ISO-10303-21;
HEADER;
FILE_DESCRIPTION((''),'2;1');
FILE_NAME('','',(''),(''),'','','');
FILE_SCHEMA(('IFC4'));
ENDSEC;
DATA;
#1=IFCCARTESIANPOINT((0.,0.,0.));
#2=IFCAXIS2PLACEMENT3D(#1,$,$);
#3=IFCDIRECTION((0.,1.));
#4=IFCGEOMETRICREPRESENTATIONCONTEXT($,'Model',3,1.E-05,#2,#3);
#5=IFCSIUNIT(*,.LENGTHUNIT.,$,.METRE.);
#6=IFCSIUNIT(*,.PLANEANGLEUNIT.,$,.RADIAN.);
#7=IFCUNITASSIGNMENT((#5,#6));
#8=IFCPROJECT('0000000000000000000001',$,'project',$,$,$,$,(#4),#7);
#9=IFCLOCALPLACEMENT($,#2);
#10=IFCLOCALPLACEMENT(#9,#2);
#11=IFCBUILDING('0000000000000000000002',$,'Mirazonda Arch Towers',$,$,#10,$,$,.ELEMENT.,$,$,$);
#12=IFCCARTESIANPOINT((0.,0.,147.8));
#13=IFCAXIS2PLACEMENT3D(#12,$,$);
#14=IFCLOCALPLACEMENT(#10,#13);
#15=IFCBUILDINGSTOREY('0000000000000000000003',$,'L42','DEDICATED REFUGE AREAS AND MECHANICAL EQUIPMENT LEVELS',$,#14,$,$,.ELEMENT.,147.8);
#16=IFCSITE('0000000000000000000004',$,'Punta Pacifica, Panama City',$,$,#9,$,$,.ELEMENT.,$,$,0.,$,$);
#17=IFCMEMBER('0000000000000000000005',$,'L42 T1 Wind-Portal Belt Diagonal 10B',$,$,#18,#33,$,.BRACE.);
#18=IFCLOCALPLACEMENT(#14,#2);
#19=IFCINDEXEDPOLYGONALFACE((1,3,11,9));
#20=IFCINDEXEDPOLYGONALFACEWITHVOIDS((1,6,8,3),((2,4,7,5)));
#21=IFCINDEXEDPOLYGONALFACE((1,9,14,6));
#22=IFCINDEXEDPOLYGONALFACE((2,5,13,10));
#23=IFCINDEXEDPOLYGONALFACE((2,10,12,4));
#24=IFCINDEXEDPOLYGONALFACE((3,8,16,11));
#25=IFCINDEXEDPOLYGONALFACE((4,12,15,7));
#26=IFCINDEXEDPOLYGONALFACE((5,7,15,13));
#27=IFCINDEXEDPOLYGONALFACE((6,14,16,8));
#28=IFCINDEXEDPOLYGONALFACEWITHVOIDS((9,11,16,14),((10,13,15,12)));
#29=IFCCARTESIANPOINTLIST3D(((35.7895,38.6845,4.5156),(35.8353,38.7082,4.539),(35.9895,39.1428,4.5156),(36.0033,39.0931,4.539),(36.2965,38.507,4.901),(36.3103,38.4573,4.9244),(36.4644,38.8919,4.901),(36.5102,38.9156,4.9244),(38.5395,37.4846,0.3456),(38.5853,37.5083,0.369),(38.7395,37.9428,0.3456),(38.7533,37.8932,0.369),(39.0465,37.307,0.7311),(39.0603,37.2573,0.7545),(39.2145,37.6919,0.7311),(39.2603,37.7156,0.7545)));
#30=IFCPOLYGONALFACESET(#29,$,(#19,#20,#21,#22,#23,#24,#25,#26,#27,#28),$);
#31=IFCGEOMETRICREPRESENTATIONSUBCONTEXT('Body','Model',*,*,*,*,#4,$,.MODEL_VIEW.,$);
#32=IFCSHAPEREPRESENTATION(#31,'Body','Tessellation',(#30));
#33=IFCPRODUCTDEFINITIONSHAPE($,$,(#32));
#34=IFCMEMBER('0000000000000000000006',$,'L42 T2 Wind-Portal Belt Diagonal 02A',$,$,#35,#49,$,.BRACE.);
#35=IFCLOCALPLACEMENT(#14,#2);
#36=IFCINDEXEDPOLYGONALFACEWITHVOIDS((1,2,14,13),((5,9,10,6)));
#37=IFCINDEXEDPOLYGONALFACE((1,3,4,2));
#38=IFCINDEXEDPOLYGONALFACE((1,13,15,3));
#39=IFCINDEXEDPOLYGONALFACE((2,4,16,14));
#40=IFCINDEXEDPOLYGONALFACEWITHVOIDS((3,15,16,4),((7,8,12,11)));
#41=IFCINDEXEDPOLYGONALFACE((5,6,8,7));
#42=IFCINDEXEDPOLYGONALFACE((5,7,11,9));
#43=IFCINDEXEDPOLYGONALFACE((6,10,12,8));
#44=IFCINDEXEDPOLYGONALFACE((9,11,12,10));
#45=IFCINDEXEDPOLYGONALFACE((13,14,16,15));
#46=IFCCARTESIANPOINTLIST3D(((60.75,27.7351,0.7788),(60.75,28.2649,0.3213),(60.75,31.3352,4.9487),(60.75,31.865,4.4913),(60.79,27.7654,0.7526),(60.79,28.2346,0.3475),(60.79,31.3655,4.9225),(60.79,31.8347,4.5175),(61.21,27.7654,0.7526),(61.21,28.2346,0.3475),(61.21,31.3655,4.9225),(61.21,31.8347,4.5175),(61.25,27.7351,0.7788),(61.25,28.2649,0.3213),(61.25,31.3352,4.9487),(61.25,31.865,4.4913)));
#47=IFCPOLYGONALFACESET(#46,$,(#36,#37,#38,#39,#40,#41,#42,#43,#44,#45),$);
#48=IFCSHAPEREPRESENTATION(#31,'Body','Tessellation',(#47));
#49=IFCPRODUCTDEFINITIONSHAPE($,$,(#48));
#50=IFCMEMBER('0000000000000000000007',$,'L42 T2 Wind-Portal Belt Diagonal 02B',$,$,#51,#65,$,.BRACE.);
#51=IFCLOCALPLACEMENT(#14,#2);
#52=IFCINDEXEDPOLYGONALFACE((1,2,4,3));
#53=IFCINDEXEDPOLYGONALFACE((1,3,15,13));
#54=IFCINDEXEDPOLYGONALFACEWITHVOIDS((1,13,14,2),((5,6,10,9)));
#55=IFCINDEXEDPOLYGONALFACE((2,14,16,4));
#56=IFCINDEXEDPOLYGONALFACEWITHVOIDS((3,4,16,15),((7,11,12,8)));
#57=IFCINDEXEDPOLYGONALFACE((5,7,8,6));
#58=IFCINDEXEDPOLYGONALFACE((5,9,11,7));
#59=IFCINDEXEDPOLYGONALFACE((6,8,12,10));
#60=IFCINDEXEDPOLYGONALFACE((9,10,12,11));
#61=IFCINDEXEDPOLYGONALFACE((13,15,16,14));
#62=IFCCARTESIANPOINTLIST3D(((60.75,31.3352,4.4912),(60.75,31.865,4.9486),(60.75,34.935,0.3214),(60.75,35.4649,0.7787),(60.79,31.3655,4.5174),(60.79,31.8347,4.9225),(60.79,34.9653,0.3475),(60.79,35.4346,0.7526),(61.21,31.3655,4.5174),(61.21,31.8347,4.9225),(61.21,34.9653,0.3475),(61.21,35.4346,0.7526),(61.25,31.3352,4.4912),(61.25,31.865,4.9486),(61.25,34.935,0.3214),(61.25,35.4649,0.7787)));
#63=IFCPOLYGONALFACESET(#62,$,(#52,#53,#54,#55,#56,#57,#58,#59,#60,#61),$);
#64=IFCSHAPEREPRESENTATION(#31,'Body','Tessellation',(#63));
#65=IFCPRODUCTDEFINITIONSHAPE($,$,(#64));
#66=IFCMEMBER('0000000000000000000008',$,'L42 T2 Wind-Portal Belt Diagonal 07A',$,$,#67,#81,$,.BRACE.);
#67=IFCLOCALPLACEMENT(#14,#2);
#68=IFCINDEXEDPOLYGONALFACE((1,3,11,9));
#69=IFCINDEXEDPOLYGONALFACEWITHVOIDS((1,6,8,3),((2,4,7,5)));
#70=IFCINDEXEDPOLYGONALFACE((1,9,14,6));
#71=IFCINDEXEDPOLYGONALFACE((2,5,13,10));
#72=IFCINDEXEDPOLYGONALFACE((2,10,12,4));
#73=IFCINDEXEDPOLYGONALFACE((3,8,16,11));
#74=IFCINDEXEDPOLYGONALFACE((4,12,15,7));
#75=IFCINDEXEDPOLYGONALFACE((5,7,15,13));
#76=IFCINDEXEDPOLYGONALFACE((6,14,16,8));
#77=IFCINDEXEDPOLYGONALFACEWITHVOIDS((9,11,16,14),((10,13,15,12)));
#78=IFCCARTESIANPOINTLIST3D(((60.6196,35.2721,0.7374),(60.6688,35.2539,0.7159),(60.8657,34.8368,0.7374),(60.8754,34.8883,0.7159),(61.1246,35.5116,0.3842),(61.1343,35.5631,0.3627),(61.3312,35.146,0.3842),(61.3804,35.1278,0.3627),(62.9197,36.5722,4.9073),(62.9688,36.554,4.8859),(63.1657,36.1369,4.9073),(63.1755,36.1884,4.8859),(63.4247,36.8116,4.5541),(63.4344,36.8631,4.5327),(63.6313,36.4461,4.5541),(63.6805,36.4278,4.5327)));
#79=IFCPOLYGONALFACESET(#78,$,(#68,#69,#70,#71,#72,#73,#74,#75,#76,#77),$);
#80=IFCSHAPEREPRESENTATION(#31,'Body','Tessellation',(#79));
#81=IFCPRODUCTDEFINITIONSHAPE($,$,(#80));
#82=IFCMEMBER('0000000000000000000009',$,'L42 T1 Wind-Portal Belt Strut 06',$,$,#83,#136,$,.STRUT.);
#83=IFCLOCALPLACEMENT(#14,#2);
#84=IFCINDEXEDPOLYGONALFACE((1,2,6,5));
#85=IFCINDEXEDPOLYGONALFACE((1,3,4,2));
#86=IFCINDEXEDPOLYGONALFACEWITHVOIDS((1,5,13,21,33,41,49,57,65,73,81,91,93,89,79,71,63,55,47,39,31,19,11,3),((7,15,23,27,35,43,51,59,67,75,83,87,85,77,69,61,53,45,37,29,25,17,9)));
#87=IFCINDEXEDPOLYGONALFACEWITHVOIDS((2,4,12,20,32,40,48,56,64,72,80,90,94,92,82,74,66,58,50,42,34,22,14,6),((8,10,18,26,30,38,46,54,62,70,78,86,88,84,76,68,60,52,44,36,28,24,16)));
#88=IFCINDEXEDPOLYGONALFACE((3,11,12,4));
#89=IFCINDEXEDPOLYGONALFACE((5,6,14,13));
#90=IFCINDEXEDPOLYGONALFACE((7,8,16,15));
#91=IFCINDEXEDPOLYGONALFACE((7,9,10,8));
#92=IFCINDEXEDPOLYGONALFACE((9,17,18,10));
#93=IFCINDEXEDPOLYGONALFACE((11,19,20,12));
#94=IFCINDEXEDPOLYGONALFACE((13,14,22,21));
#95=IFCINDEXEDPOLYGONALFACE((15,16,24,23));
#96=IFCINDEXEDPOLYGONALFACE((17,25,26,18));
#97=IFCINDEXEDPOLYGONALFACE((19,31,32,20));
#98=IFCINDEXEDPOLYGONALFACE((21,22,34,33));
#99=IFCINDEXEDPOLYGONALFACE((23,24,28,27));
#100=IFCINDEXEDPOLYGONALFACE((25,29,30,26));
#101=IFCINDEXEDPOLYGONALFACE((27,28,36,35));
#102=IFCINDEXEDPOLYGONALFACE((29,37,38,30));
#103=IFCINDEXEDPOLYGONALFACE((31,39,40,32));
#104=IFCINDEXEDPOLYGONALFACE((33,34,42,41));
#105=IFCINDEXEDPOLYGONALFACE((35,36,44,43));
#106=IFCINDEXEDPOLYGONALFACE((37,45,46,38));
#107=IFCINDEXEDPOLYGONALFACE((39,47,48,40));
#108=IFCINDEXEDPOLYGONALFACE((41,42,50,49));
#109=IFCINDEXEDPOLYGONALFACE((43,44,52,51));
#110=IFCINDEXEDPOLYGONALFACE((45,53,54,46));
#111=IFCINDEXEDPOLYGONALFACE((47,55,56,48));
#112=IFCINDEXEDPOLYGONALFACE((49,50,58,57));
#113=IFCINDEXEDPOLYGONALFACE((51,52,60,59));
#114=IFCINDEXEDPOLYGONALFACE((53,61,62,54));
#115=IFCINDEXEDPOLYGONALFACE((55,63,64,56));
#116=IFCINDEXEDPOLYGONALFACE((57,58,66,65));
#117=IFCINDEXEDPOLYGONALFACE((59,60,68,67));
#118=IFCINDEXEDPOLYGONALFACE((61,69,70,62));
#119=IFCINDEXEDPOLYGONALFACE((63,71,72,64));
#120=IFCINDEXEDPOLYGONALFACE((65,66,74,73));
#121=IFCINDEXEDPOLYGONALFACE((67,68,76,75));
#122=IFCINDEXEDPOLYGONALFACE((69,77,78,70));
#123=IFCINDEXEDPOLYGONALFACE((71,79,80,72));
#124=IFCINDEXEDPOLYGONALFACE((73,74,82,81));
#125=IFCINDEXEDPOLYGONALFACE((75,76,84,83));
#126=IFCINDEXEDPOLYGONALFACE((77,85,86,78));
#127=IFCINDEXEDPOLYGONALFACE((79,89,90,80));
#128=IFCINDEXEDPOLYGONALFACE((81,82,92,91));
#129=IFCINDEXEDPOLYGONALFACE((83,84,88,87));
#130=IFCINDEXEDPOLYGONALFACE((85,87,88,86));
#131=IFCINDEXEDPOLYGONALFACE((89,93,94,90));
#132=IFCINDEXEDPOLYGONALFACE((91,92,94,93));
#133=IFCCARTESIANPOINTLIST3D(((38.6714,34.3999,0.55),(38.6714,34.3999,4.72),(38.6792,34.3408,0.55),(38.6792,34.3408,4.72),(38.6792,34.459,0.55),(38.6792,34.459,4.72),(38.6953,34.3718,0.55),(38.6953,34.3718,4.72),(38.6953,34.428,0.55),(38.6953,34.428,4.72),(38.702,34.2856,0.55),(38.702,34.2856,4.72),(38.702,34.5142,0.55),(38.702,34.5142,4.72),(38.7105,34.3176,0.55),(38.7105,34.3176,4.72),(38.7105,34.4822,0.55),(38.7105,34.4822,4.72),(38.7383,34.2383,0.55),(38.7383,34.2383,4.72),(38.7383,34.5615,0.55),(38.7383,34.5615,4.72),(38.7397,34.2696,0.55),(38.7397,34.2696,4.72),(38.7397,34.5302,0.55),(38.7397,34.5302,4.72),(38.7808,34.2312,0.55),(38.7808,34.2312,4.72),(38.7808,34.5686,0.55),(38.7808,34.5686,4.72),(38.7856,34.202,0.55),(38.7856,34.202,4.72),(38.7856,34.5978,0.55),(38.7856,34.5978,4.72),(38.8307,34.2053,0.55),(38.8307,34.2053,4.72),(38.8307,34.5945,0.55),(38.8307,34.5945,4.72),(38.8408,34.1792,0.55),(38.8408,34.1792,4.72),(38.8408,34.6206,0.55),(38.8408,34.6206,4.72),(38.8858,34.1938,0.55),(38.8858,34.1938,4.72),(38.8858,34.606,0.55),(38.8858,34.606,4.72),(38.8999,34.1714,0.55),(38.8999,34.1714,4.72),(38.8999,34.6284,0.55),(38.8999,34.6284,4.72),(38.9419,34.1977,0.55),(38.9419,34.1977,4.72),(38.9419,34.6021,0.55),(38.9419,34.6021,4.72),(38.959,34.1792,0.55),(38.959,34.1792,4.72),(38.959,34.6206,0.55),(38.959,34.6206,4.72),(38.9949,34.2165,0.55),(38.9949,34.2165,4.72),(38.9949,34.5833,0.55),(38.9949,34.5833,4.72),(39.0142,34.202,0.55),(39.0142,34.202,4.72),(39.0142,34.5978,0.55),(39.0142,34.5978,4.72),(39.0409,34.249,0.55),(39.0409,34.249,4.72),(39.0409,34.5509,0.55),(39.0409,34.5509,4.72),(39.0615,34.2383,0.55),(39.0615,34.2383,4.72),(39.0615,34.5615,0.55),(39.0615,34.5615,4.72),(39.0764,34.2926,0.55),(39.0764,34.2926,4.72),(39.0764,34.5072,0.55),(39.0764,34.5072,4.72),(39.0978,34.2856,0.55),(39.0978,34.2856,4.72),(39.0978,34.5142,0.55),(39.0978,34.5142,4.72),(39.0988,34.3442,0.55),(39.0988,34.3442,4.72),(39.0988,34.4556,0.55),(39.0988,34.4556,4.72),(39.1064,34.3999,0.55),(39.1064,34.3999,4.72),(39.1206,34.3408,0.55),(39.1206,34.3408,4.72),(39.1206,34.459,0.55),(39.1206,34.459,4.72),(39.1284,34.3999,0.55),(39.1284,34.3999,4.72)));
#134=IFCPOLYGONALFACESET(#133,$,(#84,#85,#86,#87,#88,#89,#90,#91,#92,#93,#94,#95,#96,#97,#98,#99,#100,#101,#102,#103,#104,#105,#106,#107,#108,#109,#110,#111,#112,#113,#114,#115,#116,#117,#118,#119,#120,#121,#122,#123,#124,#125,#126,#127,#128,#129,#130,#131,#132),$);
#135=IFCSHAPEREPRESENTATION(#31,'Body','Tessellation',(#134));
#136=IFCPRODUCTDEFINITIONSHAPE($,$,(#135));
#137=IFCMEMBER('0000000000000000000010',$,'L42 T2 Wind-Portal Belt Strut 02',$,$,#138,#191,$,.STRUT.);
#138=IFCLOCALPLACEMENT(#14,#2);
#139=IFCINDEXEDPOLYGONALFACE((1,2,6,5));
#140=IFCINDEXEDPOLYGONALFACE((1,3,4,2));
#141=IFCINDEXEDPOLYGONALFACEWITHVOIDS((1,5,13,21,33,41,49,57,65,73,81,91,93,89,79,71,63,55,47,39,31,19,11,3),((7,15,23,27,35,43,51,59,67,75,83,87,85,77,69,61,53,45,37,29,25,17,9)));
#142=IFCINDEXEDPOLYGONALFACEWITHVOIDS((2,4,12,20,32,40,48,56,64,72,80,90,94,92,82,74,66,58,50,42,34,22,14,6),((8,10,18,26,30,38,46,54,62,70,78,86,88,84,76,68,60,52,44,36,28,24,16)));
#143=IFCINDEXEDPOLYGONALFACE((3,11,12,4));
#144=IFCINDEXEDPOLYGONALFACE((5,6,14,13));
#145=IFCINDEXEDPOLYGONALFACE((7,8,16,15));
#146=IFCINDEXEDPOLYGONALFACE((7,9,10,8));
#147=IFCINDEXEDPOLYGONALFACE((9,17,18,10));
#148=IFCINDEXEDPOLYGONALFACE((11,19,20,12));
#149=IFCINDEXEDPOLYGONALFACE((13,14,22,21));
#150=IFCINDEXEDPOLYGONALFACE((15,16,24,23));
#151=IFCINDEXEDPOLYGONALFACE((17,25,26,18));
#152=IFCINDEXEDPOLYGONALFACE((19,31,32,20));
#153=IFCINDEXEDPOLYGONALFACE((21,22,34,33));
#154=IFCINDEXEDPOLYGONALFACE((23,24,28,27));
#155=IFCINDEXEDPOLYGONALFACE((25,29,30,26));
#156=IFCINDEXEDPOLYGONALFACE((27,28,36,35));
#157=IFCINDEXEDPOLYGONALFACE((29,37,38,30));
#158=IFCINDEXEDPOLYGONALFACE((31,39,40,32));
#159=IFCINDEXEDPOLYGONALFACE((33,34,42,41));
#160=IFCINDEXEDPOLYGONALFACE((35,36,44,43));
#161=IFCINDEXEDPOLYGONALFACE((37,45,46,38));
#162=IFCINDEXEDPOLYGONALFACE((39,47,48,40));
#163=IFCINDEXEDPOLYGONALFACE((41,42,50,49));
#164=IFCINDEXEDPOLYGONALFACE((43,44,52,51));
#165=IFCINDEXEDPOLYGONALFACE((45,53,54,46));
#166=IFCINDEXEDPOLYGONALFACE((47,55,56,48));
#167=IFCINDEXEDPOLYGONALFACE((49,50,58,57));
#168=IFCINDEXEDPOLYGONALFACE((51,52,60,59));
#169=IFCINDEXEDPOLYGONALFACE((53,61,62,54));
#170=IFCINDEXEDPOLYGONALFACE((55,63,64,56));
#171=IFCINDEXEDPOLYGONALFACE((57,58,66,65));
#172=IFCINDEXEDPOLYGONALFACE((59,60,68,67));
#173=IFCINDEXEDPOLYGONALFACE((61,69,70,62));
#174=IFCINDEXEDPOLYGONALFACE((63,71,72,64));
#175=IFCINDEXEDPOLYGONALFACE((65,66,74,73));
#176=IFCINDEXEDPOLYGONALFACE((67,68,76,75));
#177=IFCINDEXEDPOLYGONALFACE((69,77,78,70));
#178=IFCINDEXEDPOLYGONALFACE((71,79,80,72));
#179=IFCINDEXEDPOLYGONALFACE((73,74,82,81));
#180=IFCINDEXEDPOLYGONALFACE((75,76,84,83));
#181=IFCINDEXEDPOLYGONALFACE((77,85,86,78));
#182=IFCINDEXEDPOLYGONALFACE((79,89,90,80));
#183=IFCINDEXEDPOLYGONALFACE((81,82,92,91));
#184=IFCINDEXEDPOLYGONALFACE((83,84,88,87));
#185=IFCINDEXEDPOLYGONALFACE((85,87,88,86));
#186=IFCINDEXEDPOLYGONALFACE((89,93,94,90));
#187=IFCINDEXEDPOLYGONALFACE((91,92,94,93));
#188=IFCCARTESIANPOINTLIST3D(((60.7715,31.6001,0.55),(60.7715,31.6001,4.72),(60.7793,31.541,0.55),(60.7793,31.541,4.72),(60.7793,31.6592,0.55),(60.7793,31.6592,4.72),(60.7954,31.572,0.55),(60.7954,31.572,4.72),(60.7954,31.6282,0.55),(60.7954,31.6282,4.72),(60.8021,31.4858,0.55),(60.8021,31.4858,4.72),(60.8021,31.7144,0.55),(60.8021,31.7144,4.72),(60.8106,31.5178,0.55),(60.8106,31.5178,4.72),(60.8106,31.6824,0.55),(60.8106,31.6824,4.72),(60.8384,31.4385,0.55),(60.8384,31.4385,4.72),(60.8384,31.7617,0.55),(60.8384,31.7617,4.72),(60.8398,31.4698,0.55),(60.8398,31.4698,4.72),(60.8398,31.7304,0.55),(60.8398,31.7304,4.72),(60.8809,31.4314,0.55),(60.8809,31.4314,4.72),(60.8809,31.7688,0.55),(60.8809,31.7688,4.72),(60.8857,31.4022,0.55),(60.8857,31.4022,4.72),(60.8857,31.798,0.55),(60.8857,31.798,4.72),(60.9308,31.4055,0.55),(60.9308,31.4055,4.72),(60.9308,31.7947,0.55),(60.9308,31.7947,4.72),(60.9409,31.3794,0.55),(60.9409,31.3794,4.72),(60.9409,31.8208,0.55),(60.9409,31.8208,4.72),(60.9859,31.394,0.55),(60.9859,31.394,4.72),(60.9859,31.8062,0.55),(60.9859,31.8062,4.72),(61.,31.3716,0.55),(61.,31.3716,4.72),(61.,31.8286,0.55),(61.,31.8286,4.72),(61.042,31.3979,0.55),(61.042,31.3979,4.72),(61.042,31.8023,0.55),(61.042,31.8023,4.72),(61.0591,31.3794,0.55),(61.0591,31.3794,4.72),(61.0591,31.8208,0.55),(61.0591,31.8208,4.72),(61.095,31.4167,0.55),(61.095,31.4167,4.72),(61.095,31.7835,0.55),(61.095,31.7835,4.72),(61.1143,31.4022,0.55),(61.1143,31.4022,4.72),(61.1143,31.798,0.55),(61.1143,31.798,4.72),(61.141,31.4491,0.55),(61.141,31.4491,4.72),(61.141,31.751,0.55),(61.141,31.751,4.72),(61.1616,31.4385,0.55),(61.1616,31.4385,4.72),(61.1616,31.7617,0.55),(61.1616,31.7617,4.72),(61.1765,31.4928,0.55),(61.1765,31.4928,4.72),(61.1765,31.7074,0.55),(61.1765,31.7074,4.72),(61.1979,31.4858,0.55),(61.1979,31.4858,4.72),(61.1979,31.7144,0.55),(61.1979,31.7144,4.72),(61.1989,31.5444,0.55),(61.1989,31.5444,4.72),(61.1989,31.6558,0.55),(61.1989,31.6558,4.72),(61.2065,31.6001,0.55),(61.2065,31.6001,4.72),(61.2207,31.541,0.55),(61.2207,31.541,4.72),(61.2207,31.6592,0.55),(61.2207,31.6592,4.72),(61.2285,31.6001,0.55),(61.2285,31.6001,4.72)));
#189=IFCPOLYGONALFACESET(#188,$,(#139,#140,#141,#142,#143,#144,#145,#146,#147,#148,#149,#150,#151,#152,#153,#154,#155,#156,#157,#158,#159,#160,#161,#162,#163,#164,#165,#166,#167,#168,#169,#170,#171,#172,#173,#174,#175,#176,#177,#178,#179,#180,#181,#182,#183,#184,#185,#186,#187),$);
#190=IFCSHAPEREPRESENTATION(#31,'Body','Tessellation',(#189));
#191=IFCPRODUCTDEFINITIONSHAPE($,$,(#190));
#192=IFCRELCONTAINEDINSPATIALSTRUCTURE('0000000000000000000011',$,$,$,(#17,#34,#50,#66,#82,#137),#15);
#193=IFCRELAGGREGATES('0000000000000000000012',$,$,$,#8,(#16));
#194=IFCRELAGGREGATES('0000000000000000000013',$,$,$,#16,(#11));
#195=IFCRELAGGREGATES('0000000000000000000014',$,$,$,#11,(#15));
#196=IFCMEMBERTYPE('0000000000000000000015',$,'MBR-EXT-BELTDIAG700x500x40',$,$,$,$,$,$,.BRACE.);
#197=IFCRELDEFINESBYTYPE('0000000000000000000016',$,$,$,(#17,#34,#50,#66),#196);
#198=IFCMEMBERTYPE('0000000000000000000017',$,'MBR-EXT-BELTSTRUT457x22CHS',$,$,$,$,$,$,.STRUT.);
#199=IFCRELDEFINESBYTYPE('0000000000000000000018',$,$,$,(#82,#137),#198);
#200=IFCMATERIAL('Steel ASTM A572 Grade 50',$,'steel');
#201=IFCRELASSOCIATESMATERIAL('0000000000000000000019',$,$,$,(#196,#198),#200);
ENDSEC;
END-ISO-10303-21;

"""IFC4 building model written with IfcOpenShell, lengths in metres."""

from ifc_helpers import new_model, si_unit, direction, frame, origin, origin_2d, place, context, subcontext, project, spatial, hollow_rectangle, hollow_circle, extrude, material, material_profile, profile_set, type_object, element, save


model = new_model("IFC4")

# Units and contexts
model_context = context("Model", 3, precision=1e-05, world=origin(), true_north=direction((0.0, 1.0)))
body_context = subcontext(model_context, "Body", "Model", "MODEL_VIEW")
ifc_project = project(units=[si_unit("LENGTHUNIT", "METRE"), si_unit("PLANEANGLEUNIT", "RADIAN")], contexts=[model_context])

# Site, building, storey
site_placement = place(None, origin())
site = spatial("IfcSite", under=ifc_project, at=site_placement, Name="Punta Pacifica, Panama City", CompositionType="ELEMENT", RefElevation=0.0)
building_placement = place(site_placement, origin())
building = spatial("IfcBuilding", under=site, at=building_placement, Name="Mirazonda Arch Towers", CompositionType="ELEMENT")
storey_placement = place(building_placement, frame((0.0, 0.0, 147.8)))
storey = spatial("IfcBuildingStorey", under=building, at=storey_placement, Name="L42", Description="DEDICATED REFUGE AREAS AND MECHANICAL EQUIPMENT LEVELS", CompositionType="ELEMENT", Elevation=147.8)

# Shared definitions
ifc_material_1 = material(Name="Steel ASTM A572 Grade 50", Category="steel")

# Members
ifc_material_profile_1 = material_profile(ifc_material_1, hollow_rectangle(XDim=0.5, YDim=0.7, WallThickness=0.04, at=origin_2d()), Name="BELTDIAG700x500x40")
ifc_profile_set_1 = profile_set([ifc_material_profile_1], Name="Steel ASTM A572 Grade 50")
member_type_1 = type_object("IfcMemberType", Name="MBR-EXT-BELTDIAG700x500x40", PredefinedType="BRACE", material=ifc_profile_set_1)
member_1_placement = place(storey_placement, frame((38.8999, 37.6001, 0.55), z_axis=(-0.535313, 0.233582, 0.811714), x_axis=(-0.399931, -0.916545, 0.0)))
element("IfcMember", 1, at=member_1_placement, inside=storey, type_object=member_type_1, Name="L42 T1 Wind-Portal Belt Diagonal 10B", PredefinedType="BRACE", context=body_context, shape_type="SweptSolid", body=[
    extrude(hollow_rectangle(XDim=0.5, YDim=0.7, WallThickness=0.04, at=origin_2d()), origin(), (0.0, 0.0, 1.0), 5.1372),
])
member_2_placement = place(storey_placement, frame((61.0, 28.0, 0.55), z_axis=(0.0, 0.653495, 0.756931), x_axis=(-1.0, 0.0, 0.0)))
element("IfcMember", 2, at=member_2_placement, inside=storey, type_object=member_type_1, Name="L42 T2 Wind-Portal Belt Diagonal 02A", PredefinedType="BRACE", context=body_context, shape_type="SweptSolid", body=[
    extrude(hollow_rectangle(XDim=0.5, YDim=0.7, WallThickness=0.04, at=origin_2d()), origin(), (0.0, 0.0, 1.0), 5.509),
])
member_3_placement = place(storey_placement, frame((61.0, 35.2, 0.55), z_axis=(0.0, -0.65347, 0.756953), x_axis=(1.0, 0.0, 0.0)))
element("IfcMember", 3, at=member_3_placement, inside=storey, type_object=member_type_1, Name="L42 T2 Wind-Portal Belt Diagonal 02B", PredefinedType="BRACE", context=body_context, shape_type="SweptSolid", body=[
    extrude(hollow_rectangle(XDim=0.5, YDim=0.7, WallThickness=0.04, at=origin_2d()), origin(), (0.0, 0.0, 1.0), 5.5088),
])
member_4_placement = place(storey_placement, frame((61.0, 35.2, 0.55), z_axis=(0.465931, 0.263357, 0.84472), x_axis=(-0.492063, 0.870559, 0.0)))
element("IfcMember", 4, at=member_4_placement, inside=storey, type_object=member_type_1, Name="L42 T2 Wind-Portal Belt Diagonal 07A", PredefinedType="BRACE", context=body_context, shape_type="SweptSolid", body=[
    extrude(hollow_rectangle(XDim=0.5, YDim=0.7, WallThickness=0.04, at=origin_2d()), origin(), (0.0, 0.0, 1.0), 4.9365),
])
ifc_material_profile_2 = material_profile(ifc_material_1, hollow_circle(Radius=0.2285, WallThickness=0.022, at=origin_2d()), Name="BELTSTRUT457x22CHS")
ifc_profile_set_2 = profile_set([ifc_material_profile_2], Name="Steel ASTM A572 Grade 50")
member_type_2 = type_object("IfcMemberType", Name="MBR-EXT-BELTSTRUT457x22CHS", PredefinedType="STRUT", material=ifc_profile_set_2)
for number, where, z_axis, x_axis, name in (
    (5, (38.8999, 34.3999, 0.55), (0.0, 0.0, 1.0), (1.0, 0.0, 0.0), "L42 T1 Wind-Portal Belt Strut 06"),
    (6, (61.0, 31.6001, 0.55), (0.0, 0.0, 1.0), (1.0, 0.0, 0.0), "L42 T2 Wind-Portal Belt Strut 02"),
):
    element("IfcMember", number, at=place(storey_placement, frame(where, z_axis=z_axis, x_axis=x_axis)), inside=storey, type_object=member_type_2, Name=name, PredefinedType="STRUT", context=body_context, shape_type="SweptSolid", body=[
        extrude(hollow_circle(Radius=0.2285, WallThickness=0.022, at=origin_2d()), origin(), (0.0, 0.0, 1.0), 4.1699),
    ])

save(model, "model.ifc")
